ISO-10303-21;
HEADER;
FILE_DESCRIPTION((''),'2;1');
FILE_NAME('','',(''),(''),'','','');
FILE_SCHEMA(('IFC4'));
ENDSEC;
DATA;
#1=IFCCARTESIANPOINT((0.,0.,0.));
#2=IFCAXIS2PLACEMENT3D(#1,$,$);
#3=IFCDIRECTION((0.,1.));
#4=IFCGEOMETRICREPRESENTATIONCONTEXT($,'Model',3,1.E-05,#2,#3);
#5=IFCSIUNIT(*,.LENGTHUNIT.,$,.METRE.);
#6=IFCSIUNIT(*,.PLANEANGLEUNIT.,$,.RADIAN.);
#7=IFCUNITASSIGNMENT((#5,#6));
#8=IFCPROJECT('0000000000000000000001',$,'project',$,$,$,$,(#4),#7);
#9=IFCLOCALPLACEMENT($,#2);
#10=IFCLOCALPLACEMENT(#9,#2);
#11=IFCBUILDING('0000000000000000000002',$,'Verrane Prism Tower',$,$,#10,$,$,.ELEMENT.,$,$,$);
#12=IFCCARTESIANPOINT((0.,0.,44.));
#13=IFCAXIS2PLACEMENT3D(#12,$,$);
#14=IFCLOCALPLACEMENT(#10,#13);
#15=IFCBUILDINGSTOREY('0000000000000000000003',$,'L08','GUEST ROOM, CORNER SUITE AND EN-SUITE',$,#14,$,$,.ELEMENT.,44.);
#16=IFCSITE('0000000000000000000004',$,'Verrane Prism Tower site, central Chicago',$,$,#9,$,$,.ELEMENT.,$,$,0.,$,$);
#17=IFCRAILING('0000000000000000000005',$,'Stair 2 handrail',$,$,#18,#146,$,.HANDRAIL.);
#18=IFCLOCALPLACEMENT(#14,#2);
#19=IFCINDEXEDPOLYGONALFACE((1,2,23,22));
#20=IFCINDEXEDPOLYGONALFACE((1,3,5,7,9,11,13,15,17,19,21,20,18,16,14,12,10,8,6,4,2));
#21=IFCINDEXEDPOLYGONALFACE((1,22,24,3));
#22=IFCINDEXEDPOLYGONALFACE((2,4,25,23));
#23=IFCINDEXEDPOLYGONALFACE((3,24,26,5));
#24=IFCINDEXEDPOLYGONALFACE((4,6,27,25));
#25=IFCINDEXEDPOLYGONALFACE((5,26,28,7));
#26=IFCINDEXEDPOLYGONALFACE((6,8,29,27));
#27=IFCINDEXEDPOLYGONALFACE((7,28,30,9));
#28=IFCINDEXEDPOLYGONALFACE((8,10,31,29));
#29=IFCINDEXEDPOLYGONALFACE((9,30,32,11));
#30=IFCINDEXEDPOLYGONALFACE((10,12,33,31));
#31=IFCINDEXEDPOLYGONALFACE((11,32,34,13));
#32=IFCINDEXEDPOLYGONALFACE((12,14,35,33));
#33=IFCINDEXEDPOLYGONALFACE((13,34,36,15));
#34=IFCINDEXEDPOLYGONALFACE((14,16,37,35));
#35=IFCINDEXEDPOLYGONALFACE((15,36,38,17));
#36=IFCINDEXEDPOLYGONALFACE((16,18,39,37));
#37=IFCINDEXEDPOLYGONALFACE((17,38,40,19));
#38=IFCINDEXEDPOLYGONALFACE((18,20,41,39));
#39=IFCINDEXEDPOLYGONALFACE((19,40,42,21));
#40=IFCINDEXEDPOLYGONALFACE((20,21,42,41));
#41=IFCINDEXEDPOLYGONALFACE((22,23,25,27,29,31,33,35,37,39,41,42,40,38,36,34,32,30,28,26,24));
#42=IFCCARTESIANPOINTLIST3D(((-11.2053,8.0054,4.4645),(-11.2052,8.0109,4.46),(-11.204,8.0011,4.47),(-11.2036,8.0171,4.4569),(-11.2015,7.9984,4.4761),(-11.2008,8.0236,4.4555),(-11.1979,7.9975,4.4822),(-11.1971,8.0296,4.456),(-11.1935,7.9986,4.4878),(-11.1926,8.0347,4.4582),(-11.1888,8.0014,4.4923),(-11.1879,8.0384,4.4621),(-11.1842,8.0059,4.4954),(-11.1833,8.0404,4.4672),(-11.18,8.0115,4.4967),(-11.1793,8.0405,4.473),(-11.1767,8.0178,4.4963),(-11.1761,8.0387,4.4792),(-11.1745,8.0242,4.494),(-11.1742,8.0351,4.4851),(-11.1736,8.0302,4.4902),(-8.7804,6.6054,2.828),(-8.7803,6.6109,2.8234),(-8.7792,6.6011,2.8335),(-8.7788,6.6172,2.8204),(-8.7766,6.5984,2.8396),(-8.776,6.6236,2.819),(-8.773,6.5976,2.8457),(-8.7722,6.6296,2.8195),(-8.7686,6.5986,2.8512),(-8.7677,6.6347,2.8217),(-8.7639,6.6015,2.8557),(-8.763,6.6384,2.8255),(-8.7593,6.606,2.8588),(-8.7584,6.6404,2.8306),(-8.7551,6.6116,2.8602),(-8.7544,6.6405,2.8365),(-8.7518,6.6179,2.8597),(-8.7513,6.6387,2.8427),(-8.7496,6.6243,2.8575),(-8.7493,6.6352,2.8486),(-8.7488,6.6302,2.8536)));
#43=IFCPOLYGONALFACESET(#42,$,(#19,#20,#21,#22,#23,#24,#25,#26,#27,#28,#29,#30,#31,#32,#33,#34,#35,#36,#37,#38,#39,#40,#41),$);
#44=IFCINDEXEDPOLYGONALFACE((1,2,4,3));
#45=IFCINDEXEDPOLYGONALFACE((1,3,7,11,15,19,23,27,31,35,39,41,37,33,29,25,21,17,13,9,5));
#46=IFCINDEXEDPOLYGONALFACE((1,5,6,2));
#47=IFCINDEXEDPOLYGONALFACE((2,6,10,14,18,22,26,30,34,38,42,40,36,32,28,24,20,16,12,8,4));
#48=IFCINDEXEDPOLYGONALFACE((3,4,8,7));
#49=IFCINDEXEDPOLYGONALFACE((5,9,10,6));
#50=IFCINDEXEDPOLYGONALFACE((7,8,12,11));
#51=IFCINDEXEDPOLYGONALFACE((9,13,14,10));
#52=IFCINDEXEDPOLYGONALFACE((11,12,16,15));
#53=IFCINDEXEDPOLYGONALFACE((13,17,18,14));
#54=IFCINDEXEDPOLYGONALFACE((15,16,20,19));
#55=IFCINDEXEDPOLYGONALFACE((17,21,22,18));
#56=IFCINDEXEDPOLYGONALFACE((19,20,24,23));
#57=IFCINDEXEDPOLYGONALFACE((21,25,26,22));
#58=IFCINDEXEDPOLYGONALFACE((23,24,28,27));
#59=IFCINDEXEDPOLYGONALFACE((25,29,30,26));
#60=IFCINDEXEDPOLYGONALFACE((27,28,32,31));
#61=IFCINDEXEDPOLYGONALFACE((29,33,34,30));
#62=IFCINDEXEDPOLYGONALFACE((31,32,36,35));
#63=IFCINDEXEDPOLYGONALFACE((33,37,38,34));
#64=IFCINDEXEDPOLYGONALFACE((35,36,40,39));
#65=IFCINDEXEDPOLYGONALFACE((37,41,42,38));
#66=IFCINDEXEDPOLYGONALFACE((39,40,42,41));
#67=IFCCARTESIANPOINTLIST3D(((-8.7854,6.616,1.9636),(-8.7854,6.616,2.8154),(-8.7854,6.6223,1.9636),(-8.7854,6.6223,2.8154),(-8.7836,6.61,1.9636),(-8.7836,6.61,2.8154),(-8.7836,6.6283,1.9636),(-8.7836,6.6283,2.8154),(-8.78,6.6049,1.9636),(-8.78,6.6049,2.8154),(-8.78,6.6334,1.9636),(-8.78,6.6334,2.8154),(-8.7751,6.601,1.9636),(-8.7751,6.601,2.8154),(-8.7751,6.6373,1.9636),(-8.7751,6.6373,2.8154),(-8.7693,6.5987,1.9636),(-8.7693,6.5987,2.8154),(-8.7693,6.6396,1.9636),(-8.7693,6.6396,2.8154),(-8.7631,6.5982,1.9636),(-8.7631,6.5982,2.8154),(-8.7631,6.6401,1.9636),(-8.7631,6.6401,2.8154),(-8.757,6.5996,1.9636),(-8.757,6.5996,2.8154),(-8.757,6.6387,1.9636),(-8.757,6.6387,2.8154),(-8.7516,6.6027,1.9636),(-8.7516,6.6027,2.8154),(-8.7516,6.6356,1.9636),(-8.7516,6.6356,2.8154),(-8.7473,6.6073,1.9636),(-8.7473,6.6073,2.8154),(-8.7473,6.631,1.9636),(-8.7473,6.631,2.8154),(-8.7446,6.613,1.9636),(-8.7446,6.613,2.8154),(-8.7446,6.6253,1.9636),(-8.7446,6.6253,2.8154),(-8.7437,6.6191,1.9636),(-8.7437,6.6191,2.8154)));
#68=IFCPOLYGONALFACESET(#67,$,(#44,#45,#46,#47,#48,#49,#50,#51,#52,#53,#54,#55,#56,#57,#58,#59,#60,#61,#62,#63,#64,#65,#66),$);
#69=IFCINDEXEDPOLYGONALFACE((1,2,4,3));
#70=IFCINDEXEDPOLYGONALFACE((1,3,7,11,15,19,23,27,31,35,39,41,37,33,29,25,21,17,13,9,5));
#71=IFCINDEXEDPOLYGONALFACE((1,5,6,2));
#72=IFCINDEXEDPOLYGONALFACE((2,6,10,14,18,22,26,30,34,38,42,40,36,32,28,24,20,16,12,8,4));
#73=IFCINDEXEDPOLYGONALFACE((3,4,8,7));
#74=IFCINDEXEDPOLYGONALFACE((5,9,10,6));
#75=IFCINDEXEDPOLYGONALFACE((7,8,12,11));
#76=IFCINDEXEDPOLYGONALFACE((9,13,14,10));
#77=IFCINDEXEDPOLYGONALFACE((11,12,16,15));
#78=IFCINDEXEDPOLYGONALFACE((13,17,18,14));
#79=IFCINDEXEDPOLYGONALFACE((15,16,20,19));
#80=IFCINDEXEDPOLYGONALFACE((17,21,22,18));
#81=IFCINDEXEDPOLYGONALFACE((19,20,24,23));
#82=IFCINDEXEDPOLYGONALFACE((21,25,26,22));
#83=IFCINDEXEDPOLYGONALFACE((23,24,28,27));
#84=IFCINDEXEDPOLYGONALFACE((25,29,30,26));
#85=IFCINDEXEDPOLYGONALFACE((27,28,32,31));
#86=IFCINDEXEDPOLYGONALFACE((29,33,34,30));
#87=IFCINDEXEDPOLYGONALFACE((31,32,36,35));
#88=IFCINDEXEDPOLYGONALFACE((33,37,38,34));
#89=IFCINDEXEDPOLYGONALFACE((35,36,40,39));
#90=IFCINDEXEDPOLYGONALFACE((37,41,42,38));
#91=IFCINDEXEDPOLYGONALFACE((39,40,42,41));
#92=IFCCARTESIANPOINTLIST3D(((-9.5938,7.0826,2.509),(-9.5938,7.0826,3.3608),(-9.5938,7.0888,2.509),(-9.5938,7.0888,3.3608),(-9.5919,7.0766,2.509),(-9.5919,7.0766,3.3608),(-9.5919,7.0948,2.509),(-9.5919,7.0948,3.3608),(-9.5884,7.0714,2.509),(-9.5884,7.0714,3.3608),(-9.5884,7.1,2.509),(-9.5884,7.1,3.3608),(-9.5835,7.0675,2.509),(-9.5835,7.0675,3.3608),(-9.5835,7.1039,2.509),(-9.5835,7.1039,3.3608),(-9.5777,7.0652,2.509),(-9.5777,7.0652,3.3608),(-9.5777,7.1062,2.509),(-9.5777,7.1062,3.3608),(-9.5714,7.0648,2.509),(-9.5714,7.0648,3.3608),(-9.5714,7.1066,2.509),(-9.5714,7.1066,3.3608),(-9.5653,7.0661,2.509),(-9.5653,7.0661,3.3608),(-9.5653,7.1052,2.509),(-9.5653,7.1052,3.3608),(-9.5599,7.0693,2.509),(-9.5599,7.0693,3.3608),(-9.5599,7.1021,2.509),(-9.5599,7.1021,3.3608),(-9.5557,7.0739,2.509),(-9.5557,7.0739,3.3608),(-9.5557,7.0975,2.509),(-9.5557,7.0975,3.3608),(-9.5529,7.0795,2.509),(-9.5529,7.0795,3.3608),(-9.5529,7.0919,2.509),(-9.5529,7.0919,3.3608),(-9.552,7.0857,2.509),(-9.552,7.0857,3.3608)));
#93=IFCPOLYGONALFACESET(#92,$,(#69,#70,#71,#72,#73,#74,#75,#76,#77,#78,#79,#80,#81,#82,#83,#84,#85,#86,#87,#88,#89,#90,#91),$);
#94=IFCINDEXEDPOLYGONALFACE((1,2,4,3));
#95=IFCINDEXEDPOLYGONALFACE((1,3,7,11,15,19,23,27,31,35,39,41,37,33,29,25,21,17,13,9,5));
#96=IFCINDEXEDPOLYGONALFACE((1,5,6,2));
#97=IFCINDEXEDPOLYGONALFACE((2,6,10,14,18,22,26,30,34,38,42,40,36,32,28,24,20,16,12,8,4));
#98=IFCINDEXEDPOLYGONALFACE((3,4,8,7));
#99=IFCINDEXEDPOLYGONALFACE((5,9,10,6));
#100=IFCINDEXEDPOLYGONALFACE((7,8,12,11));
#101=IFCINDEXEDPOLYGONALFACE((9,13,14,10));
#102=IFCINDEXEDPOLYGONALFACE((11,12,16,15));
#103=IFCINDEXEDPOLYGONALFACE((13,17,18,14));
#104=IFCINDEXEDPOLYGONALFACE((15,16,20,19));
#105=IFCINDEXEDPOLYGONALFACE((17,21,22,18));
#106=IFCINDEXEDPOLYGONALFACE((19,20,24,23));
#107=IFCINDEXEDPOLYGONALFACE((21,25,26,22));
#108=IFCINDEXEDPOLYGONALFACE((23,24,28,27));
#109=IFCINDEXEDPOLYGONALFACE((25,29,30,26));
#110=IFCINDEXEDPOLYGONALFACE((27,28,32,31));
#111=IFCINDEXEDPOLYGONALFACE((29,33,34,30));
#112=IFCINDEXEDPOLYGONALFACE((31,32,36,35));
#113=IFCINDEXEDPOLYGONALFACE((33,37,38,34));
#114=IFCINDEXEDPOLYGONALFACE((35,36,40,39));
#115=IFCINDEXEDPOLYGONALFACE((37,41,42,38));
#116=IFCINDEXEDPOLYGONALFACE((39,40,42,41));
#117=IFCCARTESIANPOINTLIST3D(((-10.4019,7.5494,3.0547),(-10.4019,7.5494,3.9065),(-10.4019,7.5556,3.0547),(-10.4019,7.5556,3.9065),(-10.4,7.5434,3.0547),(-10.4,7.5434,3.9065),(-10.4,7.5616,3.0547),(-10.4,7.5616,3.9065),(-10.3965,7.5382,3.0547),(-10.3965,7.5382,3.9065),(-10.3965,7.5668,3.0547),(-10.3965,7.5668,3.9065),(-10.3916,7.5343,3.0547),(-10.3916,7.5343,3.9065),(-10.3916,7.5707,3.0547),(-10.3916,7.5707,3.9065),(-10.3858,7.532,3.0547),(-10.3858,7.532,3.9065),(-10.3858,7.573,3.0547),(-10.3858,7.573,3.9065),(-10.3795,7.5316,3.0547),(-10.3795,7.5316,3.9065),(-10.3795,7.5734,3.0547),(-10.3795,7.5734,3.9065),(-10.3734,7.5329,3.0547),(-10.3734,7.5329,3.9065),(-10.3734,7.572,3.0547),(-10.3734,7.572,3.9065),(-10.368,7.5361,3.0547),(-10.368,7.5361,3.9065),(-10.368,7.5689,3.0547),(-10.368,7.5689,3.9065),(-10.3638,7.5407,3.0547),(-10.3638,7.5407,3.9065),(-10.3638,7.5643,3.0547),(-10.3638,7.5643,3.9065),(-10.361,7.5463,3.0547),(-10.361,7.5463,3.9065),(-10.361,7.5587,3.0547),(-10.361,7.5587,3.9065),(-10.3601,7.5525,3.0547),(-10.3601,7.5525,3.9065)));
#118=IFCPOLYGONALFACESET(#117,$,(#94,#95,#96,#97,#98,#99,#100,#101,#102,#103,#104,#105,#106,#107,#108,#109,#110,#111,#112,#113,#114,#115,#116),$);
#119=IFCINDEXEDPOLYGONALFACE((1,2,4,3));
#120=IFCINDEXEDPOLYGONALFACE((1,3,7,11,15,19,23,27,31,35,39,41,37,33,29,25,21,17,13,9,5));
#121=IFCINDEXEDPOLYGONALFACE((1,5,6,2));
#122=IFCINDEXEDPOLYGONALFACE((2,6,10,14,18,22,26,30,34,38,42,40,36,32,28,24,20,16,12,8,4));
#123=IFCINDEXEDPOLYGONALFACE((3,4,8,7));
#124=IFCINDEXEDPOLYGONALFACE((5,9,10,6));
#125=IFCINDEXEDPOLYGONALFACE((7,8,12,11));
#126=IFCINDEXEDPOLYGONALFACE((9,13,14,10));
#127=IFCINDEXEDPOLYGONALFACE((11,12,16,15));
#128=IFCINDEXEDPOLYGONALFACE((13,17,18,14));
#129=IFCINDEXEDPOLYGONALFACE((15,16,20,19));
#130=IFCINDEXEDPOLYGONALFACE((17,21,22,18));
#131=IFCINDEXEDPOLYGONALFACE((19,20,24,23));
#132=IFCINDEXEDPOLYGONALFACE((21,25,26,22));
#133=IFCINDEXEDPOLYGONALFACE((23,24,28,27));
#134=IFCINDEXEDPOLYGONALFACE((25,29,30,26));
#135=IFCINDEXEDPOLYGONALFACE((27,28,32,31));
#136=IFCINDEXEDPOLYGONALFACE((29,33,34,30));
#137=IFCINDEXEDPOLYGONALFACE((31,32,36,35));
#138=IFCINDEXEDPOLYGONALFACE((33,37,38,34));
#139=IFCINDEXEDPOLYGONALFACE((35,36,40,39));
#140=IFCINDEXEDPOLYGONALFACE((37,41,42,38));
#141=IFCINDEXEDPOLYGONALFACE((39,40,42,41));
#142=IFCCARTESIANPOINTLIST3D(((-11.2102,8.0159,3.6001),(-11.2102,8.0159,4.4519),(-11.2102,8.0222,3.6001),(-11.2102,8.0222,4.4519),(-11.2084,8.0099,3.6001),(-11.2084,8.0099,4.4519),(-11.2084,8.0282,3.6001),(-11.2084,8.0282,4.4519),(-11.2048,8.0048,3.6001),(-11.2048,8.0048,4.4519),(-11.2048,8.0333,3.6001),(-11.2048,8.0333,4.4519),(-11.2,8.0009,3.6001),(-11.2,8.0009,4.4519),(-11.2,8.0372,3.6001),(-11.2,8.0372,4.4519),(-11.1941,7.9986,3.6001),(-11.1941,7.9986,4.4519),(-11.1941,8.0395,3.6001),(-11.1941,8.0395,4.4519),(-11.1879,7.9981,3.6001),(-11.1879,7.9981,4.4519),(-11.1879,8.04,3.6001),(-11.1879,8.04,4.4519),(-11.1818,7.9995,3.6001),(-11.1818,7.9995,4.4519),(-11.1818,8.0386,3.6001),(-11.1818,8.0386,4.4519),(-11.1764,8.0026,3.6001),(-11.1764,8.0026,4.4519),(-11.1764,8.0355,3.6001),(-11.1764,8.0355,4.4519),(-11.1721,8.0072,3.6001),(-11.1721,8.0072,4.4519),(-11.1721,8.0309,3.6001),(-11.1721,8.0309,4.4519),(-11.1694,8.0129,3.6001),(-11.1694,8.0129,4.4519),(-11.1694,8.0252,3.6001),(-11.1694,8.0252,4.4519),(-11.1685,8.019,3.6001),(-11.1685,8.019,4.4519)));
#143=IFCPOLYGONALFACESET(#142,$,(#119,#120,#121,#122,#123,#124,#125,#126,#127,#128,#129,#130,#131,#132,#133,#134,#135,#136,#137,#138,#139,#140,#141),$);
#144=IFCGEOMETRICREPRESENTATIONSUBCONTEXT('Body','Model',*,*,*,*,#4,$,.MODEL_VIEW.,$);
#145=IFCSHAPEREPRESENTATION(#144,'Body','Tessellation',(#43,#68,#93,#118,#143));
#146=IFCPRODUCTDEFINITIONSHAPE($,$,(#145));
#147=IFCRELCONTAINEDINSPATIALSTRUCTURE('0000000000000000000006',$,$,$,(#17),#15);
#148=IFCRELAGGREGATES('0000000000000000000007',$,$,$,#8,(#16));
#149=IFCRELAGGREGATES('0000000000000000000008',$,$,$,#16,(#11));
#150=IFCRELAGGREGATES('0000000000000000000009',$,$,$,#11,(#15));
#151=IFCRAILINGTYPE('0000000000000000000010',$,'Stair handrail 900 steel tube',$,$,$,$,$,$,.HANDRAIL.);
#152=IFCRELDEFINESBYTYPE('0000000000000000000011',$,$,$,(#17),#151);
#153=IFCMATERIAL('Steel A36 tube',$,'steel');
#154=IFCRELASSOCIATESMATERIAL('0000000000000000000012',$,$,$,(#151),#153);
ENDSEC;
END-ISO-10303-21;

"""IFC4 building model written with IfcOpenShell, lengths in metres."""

from ifc_helpers import new_model, si_unit, direction, frame, origin, origin_2d, place, context, subcontext, project, spatial, circle, extrude, material, type_object, element, save


model = new_model("IFC4")

# Units and contexts
model_context = context("Model", 3, precision=1e-05, world=origin(), true_north=direction((0.0, 1.0)))
body_context = subcontext(model_context, "Body", "Model", "MODEL_VIEW")
ifc_project = project(units=[si_unit("LENGTHUNIT", "METRE"), si_unit("PLANEANGLEUNIT", "RADIAN")], contexts=[model_context])

# Site, building, storey
site_placement = place(None, origin())
site = spatial("IfcSite", under=ifc_project, at=site_placement, Name="Verrane Prism Tower site, central Chicago", CompositionType="ELEMENT", RefElevation=0.0)
building_placement = place(site_placement, origin())
building = spatial("IfcBuilding", under=site, at=building_placement, Name="Verrane Prism Tower", CompositionType="ELEMENT")
storey_placement = place(building_placement, frame((0.0, 0.0, 44.0)))
storey = spatial("IfcBuildingStorey", under=building, at=storey_placement, Name="L08", Description="GUEST ROOM, CORNER SUITE AND EN-SUITE", CompositionType="ELEMENT", Elevation=44.0)

# Railing
ifc_material_1 = material(Name="Steel A36 tube", Category="steel")
railing_type_1 = type_object("IfcRailingType", Name="Stair handrail 900 steel tube", PredefinedType="HANDRAIL", material=ifc_material_1)
railing_1_placement = place(storey_placement, frame((-8.7646, 6.6191, 1.9636)))
element("IfcRailing", 1, at=railing_1_placement, inside=storey, type_object=railing_type_1, Name="Stair 2 handrail", PredefinedType="HANDRAIL", context=body_context, shape_type="SweptSolid", body=[
    extrude(circle(Radius=0.0239, at=origin_2d()), frame((0.0, 0.0, 0.876), z_axis=(-0.74769, 0.431661, 0.504608), x_axis=(-0.499984, -0.866035, 0.0)), (0.0, 0.0, 1.0), 3.2432),
    extrude(circle(Radius=0.021, at=origin_2d()), origin(), (0.0, 0.0, 1.0), 0.8518),
    extrude(circle(Radius=0.021, at=origin_2d()), frame((-0.8083, 0.4666, 0.5454)), (0.0, 0.0, 1.0), 0.8518),
    extrude(circle(Radius=0.021, at=origin_2d()), frame((-1.6165, 0.9333, 1.0911)), (0.0, 0.0, 1.0), 0.8518),
    extrude(circle(Radius=0.021, at=origin_2d()), frame((-2.4248, 1.3999, 1.6365)), (0.0, 0.0, 1.0), 0.8518),
])

save(model, "model.ifc")
